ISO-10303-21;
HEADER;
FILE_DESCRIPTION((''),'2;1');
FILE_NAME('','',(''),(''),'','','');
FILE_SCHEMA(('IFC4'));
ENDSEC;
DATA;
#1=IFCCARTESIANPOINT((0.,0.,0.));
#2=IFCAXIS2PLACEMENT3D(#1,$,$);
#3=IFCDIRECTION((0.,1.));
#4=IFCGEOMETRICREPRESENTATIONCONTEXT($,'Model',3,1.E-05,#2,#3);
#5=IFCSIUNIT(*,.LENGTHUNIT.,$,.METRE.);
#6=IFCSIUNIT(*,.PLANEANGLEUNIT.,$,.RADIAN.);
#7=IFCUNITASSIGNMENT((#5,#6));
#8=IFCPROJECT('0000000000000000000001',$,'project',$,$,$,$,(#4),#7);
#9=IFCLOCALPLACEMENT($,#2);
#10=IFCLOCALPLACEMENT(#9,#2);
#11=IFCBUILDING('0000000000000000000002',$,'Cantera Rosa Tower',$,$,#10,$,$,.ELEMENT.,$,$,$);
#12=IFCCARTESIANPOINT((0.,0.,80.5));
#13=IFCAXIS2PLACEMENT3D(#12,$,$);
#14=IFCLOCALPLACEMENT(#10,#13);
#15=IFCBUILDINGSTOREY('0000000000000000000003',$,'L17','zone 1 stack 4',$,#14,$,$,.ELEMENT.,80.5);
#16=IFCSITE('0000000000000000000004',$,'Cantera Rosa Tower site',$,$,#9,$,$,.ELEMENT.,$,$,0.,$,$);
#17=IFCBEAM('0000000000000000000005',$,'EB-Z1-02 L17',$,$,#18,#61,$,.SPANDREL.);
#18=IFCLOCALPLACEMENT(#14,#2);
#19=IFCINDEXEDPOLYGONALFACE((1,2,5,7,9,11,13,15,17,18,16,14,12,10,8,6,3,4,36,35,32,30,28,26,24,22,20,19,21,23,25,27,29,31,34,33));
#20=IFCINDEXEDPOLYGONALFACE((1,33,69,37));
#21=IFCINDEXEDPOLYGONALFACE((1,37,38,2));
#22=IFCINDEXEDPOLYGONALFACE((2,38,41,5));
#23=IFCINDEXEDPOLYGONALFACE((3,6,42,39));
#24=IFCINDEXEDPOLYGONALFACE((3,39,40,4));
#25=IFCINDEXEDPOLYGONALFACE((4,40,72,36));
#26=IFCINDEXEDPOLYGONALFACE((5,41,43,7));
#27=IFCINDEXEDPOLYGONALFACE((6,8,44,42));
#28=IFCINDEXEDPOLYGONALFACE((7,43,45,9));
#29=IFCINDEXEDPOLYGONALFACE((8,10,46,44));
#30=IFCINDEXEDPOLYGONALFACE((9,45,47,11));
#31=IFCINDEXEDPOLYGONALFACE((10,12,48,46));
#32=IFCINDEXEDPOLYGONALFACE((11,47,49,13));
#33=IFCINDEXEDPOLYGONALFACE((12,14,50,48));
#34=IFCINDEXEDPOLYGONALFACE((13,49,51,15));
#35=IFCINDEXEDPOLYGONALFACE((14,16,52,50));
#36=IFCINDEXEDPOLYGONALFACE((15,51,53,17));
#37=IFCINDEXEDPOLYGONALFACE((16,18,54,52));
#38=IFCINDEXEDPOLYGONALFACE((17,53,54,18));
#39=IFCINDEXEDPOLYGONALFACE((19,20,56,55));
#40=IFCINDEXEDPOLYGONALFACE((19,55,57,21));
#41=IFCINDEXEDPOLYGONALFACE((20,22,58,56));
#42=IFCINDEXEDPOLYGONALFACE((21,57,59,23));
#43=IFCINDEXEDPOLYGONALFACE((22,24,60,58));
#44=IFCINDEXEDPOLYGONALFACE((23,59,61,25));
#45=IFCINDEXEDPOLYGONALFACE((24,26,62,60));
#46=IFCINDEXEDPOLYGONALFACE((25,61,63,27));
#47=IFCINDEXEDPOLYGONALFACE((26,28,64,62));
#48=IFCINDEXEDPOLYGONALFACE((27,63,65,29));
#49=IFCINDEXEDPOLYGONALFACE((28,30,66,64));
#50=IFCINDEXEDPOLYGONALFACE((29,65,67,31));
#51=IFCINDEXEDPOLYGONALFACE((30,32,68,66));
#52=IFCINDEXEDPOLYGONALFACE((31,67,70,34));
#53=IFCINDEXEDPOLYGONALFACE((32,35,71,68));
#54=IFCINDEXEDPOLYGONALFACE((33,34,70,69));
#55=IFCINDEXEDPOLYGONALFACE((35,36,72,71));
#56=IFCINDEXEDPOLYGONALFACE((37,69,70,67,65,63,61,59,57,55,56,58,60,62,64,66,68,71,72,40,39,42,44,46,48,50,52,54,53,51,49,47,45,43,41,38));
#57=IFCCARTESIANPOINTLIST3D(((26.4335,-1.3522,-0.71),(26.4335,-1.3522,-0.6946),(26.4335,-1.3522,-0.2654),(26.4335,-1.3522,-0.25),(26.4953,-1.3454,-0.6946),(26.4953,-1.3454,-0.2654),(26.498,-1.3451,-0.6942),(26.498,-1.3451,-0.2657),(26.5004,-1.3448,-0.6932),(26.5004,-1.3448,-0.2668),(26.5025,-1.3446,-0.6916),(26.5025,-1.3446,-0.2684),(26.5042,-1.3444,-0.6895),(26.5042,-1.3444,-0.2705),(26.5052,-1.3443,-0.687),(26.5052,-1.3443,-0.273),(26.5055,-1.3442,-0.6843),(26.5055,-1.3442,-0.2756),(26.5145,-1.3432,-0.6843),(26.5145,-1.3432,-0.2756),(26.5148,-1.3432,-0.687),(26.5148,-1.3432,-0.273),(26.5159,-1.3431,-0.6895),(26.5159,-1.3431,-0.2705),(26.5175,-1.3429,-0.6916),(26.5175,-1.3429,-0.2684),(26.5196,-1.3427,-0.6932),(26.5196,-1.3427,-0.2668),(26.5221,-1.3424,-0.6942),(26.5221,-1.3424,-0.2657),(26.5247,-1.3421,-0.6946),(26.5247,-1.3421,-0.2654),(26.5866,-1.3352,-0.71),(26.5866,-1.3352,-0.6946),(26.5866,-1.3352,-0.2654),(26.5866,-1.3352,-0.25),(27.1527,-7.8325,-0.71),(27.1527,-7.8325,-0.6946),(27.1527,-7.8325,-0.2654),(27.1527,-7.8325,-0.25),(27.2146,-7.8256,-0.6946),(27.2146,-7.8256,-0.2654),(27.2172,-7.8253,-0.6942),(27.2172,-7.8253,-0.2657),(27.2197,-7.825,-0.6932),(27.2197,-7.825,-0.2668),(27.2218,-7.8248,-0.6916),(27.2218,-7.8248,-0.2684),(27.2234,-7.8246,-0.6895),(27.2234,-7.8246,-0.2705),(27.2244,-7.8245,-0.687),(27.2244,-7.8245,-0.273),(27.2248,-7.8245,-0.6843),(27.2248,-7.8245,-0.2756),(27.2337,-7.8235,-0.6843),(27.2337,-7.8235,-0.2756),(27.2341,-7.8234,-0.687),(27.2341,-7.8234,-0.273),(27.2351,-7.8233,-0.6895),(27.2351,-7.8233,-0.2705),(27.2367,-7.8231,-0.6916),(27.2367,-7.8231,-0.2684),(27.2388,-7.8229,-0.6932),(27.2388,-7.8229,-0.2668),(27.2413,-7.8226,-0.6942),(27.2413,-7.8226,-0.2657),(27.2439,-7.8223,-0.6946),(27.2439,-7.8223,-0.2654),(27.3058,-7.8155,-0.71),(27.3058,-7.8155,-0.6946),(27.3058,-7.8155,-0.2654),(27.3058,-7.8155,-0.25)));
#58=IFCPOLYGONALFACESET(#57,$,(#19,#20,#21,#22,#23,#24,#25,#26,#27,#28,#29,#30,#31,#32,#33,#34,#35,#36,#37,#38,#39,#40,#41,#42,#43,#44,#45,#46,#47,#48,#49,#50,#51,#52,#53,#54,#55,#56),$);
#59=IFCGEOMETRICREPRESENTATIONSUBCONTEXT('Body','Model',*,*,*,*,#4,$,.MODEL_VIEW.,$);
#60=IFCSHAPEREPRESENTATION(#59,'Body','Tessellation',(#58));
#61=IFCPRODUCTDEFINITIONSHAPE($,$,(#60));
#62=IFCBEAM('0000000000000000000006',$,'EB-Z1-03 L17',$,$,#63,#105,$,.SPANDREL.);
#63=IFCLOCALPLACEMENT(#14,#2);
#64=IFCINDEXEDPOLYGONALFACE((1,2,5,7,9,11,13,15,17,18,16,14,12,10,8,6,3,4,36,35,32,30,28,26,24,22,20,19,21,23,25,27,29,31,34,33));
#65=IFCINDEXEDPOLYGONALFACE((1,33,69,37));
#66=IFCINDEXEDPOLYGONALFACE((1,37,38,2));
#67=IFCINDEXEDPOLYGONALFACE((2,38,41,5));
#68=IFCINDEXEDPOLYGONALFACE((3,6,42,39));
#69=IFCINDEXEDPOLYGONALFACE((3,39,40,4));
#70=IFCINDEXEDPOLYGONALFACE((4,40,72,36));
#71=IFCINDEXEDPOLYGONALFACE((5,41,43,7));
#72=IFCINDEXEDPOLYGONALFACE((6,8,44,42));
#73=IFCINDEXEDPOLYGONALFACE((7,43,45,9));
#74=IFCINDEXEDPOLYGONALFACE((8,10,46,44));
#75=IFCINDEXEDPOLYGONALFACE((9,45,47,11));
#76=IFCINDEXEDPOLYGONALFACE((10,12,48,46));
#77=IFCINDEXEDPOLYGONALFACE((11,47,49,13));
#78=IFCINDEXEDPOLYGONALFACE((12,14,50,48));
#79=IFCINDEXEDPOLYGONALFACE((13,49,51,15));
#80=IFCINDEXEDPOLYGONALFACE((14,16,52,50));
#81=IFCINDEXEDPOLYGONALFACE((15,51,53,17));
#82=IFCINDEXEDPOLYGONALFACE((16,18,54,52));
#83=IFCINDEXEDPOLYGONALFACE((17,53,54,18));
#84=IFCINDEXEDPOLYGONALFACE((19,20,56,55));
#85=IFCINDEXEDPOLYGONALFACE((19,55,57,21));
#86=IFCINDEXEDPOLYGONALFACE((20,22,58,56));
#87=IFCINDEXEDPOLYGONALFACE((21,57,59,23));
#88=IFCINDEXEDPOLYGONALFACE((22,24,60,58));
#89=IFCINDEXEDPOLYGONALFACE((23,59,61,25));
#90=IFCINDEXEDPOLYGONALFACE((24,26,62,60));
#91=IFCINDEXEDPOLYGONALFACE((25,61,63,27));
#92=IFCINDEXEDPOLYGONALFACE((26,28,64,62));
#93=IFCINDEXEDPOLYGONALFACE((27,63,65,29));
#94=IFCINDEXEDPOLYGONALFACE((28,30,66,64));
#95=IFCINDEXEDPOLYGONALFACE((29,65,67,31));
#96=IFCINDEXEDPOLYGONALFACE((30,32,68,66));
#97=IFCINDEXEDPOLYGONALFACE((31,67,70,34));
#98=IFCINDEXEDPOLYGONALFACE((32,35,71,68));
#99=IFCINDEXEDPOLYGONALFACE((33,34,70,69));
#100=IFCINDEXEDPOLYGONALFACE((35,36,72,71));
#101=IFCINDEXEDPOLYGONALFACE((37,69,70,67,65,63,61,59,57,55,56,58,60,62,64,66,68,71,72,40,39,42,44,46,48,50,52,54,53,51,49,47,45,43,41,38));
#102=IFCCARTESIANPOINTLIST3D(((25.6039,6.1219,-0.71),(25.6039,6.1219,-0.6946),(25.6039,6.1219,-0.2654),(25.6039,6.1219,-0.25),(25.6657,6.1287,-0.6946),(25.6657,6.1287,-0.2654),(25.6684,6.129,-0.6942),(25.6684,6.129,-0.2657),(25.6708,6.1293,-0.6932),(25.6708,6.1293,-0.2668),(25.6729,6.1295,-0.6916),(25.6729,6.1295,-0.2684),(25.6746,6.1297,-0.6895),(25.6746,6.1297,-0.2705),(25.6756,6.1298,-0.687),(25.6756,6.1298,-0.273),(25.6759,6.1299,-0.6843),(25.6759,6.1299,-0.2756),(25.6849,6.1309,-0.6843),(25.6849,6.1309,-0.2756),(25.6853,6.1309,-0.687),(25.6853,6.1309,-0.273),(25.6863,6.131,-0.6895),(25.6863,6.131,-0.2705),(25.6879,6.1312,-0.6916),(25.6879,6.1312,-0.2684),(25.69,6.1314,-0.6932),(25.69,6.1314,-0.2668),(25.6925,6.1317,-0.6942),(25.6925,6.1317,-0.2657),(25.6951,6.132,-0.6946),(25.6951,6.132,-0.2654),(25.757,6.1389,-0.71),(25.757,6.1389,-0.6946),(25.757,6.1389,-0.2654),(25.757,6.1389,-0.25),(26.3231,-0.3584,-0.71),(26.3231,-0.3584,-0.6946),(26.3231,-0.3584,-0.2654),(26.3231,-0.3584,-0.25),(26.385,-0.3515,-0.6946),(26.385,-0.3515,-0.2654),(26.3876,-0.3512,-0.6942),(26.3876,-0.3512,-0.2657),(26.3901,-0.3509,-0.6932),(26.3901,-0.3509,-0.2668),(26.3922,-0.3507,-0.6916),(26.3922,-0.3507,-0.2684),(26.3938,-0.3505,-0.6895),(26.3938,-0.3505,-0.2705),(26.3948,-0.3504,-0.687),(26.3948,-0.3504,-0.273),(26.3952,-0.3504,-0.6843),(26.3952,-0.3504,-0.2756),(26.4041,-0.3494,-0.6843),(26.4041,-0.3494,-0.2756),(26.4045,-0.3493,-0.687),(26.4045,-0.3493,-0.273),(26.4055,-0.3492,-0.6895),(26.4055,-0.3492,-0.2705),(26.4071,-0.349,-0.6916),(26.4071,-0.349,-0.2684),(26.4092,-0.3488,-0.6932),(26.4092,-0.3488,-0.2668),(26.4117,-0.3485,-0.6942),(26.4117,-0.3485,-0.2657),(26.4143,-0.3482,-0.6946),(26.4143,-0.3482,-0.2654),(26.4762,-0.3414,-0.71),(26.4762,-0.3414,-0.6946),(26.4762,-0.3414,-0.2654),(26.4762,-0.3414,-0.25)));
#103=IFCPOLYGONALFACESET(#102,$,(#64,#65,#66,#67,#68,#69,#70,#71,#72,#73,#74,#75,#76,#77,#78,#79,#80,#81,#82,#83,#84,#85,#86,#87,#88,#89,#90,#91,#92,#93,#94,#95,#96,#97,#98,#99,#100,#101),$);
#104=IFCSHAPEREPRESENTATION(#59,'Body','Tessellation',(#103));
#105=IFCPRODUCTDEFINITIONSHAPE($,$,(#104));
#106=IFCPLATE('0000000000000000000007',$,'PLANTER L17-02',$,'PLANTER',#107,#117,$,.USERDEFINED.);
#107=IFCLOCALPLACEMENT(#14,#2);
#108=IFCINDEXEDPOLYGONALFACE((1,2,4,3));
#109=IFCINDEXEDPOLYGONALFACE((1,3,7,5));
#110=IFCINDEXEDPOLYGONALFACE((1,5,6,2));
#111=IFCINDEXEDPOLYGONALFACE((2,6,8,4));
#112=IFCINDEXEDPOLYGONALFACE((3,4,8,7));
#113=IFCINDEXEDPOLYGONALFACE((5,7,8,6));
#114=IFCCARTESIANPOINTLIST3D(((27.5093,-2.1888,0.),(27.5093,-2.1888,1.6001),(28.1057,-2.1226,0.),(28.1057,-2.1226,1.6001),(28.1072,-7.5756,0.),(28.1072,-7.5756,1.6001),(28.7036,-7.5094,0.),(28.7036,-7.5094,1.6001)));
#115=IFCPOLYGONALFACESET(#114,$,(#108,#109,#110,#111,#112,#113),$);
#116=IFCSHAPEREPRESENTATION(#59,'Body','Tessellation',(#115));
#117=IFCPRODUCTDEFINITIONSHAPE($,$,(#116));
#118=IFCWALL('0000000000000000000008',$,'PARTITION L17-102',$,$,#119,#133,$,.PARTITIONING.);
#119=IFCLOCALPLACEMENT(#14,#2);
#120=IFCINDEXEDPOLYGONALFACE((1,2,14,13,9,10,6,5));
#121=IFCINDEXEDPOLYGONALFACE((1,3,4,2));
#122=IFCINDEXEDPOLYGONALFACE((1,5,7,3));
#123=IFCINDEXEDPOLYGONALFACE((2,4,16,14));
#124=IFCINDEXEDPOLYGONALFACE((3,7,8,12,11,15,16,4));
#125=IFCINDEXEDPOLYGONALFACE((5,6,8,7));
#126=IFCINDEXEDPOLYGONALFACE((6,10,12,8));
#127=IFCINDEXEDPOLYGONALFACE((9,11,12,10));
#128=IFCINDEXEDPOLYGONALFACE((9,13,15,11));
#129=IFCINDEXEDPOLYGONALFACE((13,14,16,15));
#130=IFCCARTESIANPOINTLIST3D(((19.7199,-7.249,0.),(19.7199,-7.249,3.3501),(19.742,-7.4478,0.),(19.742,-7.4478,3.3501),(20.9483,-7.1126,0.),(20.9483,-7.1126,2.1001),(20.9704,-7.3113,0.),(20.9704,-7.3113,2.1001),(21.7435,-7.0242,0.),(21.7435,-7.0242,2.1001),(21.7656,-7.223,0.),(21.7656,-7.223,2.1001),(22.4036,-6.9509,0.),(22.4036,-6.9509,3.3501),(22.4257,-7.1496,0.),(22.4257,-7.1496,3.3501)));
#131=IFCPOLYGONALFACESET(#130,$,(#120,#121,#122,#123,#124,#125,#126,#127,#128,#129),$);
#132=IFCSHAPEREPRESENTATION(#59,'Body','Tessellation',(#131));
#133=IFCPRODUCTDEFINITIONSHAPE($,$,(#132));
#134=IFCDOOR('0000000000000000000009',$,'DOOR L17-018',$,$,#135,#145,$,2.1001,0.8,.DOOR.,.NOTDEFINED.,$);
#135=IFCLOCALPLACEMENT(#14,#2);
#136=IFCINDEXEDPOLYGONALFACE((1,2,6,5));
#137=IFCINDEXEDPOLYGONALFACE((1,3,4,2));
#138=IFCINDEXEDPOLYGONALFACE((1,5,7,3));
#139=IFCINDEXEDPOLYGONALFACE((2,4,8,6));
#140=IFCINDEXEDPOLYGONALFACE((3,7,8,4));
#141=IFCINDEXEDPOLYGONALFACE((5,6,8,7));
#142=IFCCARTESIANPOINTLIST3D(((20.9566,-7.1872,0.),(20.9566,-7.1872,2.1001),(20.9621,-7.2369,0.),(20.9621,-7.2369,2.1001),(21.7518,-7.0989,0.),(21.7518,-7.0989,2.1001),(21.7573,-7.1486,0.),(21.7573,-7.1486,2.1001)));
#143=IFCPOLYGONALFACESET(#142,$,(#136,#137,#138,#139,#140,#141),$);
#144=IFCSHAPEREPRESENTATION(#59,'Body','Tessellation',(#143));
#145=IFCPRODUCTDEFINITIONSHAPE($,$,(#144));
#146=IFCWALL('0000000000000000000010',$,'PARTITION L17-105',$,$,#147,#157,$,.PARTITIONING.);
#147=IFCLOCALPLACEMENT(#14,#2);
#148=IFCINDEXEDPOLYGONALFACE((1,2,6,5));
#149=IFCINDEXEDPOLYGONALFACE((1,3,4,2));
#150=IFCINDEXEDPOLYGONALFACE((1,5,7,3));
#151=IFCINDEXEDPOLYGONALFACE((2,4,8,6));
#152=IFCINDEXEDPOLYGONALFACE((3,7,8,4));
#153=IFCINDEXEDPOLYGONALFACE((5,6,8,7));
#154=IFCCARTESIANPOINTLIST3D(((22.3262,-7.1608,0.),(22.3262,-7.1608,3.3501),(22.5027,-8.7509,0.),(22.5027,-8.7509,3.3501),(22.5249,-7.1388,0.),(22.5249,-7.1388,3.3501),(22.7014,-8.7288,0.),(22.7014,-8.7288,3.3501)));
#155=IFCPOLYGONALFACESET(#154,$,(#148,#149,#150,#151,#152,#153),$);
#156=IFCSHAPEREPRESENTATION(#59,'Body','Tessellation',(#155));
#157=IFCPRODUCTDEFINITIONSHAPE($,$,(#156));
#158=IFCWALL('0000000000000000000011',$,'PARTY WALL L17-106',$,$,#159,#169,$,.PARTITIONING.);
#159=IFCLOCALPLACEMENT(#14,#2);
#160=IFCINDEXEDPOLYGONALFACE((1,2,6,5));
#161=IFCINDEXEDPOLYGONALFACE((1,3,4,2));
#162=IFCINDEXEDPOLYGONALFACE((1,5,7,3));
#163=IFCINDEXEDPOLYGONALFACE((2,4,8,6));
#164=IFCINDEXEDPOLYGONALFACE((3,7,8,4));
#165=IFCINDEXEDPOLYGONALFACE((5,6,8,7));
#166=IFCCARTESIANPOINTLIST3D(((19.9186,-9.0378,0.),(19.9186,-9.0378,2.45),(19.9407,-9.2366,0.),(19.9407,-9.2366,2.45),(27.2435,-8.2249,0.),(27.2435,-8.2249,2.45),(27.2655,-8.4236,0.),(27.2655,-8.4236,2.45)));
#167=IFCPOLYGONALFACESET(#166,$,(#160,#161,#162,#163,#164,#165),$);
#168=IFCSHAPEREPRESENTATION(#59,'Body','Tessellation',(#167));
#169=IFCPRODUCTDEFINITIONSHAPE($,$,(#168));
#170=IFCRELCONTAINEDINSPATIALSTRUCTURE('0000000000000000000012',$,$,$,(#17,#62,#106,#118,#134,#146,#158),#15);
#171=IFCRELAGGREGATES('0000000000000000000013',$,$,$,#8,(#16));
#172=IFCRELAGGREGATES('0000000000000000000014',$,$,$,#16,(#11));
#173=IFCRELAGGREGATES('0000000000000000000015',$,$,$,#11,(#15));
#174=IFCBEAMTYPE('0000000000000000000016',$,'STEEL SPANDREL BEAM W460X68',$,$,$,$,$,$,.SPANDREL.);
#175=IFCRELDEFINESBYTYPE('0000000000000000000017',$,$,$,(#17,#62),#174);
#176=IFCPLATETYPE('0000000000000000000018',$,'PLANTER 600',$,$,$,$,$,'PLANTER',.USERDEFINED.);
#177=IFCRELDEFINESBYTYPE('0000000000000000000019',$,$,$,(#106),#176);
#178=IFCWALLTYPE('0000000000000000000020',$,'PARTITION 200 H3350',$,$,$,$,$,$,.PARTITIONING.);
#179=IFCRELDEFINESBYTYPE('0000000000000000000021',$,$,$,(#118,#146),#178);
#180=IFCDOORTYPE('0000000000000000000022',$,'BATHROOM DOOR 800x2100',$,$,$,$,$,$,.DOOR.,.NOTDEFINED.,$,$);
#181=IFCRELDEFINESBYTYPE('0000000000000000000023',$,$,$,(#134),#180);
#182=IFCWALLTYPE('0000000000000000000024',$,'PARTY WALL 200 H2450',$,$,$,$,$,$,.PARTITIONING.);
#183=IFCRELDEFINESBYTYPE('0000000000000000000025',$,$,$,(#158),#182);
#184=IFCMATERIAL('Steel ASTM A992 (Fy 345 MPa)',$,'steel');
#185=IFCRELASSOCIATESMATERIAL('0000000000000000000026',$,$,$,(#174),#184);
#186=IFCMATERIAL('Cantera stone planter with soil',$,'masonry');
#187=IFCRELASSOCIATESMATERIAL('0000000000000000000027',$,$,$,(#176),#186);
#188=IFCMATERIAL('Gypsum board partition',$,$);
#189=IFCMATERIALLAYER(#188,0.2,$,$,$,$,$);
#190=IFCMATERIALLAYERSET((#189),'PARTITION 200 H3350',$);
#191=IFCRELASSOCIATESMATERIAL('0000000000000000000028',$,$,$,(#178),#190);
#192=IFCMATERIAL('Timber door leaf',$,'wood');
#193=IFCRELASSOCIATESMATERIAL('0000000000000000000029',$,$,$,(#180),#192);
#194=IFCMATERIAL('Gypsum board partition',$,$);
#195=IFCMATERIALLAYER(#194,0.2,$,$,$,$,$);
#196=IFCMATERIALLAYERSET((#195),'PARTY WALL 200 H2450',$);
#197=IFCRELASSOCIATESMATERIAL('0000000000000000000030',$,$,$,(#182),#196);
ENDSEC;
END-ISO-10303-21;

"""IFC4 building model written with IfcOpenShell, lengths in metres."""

from ifc_helpers import new_model, si_unit, direction, frame, frame_2d, origin, origin_2d, place, context, subcontext, project, spatial, rectangle, i_section, extrude, material, layer, layer_set, material_profile, profile_set, type_object, element, fill, save


model = new_model("IFC4")

# Units and contexts
model_context = context("Model", 3, precision=1e-05, world=origin(), true_north=direction((0.0, 1.0)))
body_context = subcontext(model_context, "Body", "Model", "MODEL_VIEW")
ifc_project = project(units=[si_unit("LENGTHUNIT", "METRE"), si_unit("PLANEANGLEUNIT", "RADIAN")], contexts=[model_context])

# Site, building, storey
site_placement = place(None, origin())
site = spatial("IfcSite", under=ifc_project, at=site_placement, Name="Cantera Rosa Tower site", CompositionType="ELEMENT", RefElevation=0.0)
building_placement = place(site_placement, origin())
building = spatial("IfcBuilding", under=site, at=building_placement, Name="Cantera Rosa Tower", CompositionType="ELEMENT")
storey_placement = place(building_placement, frame((0.0, 0.0, 80.5)))
storey = spatial("IfcBuildingStorey", under=building, at=storey_placement, Name="L17", Description="zone 1 stack 4", CompositionType="ELEMENT", Elevation=80.5)

# Beams
ifc_material_1 = material(Name="Steel ASTM A992 (Fy 345 MPa)", Category="steel")
ifc_material_profile_1 = material_profile(ifc_material_1, i_section(OverallWidth=0.1541, OverallDepth=0.46, WebThickness=0.009, FlangeThickness=0.0154, FilletRadius=0.0103, at=origin_2d()), Name="W460X68")
ifc_profile_set_1 = profile_set([ifc_material_profile_1], Name="Steel ASTM A992 (Fy 345 MPa)")
beam_type_1 = type_object("IfcBeamType", Name="STEEL SPANDREL BEAM W460X68", PredefinedType="SPANDREL", material=ifc_profile_set_1)
for number, where, z_axis, x_axis, name in (
    (1, (27.2292, -7.824, -0.48), (-0.110312, 0.993897, 0.0), (-0.993897, -0.110312, 0.0), "EB-Z1-02 L17"),
    (2, (26.3997, -0.3499, -0.48), (-0.110312, 0.993897, 0.0), (-0.993897, -0.110312, 0.0), "EB-Z1-03 L17"),
):
    element("IfcBeam", number, at=place(storey_placement, frame(where, z_axis=z_axis, x_axis=x_axis)), inside=storey, type_object=beam_type_1, Name=name, PredefinedType="SPANDREL", context=body_context, shape_type="SweptSolid", body=[
        extrude(i_section(OverallWidth=0.1541, OverallDepth=0.46, WebThickness=0.009, FlangeThickness=0.0154, FilletRadius=0.0103, at=origin_2d()), origin(), (0.0, 0.0, 1.0), 6.52),
    ])

# Plate
ifc_material_2 = material(Name="Cantera stone planter with soil", Category="masonry")
plate_type = type_object("IfcPlateType", Name="PLANTER 600", ElementType="PLANTER", PredefinedType="USERDEFINED", material=ifc_material_2)
plate_placement = place(storey_placement, frame((28.1064, -4.8491, 0.0), z_axis=(0.0, 0.0, 1.0), x_axis=(-0.110313, 0.993897, 0.0)))
element("IfcPlate", 3, at=plate_placement, inside=storey, type_object=plate_type, Name="PLANTER L17-02", ObjectType="PLANTER", PredefinedType="USERDEFINED", context=body_context, shape_type="SweptSolid", body=[
    extrude(rectangle(XDim=5.4199, YDim=0.6001, at=origin_2d()), origin(), (0.0, 0.0, 1.0), 1.6001),
])

# Wall, opening, door
ifc_material_3 = material(Name="Gypsum board partition")
ifc_layer_1 = layer(ifc_material_3, 0.2)
ifc_layer_set_1 = layer_set([ifc_layer_1], Name="PARTITION 200 H3350")
wall_type_1 = type_object("IfcWallType", Name="PARTITION 200 H3350", PredefinedType="PARTITIONING", material=ifc_layer_set_1)
wall_1_placement = place(storey_placement, frame((19.731, -7.3484, 0.0), z_axis=(0.0, 0.0, 1.0), x_axis=(0.993887, 0.110402, 0.0)))
wall_1 = element("IfcWall", 4, at=wall_1_placement, inside=storey, type_object=wall_type_1, Name="PARTITION L17-102", PredefinedType="PARTITIONING", context=body_context, shape_type="SweptSolid", body=[
    extrude(rectangle(XDim=2.7002, YDim=0.2, at=frame_2d((1.3501, 0.0))), origin(), (0.0, 0.0, 1.0), 3.3501),
])
opening_1_placement = place(wall_1_placement, frame((1.2361, 0.0, 0.0)))
opening_1 = element("IfcOpeningElement", 5, at=opening_1_placement, cuts=wall_1, PredefinedType="OPENING", context=body_context, shape_type="SweptSolid", body=[
    extrude(rectangle(XDim=0.8, YDim=2.1001, at=frame_2d((0.3999, 1.05))), frame((0.0, 0.1099, 0.0), z_axis=(0.0, -1.0, 0.0), x_axis=(1.0, 0.0, 0.0)), (0.0, 0.0, 1.0), 0.22),
])
ifc_material_4 = material(Name="Timber door leaf", Category="wood")
door_type_1 = type_object("IfcDoorType", Name="BATHROOM DOOR 800x2100", OperationType="NOTDEFINED", PredefinedType="DOOR", material=ifc_material_4)
door_1_placement = place(opening_1_placement, origin())
door_1 = element("IfcDoor", 6, at=door_1_placement, inside=storey, type_object=door_type_1, Name="DOOR L17-018", OperationType="NOTDEFINED", OverallHeight=2.1001, OverallWidth=0.8, PredefinedType="DOOR", context=body_context, shape_type="SweptSolid", body=[
    extrude(rectangle(XDim=0.8, YDim=2.1001, at=frame_2d((0.3999, 1.05))), frame((0.0, 0.0249, 0.0), z_axis=(0.0, -1.0, 0.0), x_axis=(1.0, 0.0, 0.0)), (0.0, 0.0, 1.0), 0.05),
])
fill(opening_1, door_1)

# Walls
wall_2_placement = place(storey_placement, frame((22.4255, -7.1499, 0.0), z_axis=(0.0, 0.0, 1.0), x_axis=(0.110331, -0.993895, 0.0)))
element("IfcWall", 7, at=wall_2_placement, inside=storey, type_object=wall_type_1, Name="PARTITION L17-105", PredefinedType="PARTITIONING", context=body_context, shape_type="SweptSolid", body=[
    extrude(rectangle(XDim=1.5999, YDim=0.2, at=frame_2d((0.7998, 0.0))), origin(), (0.0, 0.0, 1.0), 3.3501),
])
ifc_material_5 = material(Name="Gypsum board partition")
ifc_layer_2 = layer(ifc_material_5, 0.2)
ifc_layer_set_2 = layer_set([ifc_layer_2], Name="PARTY WALL 200 H2450")
wall_type_2 = type_object("IfcWallType", Name="PARTY WALL 200 H2450", PredefinedType="PARTITIONING", material=ifc_layer_set_2)
wall_3_placement = place(storey_placement, frame((27.2546, -8.3242, 0.0), z_axis=(0.0, 0.0, 1.0), x_axis=(-0.993897, -0.110312, 0.0)))
element("IfcWall", 8, at=wall_3_placement, inside=storey, type_object=wall_type_2, Name="PARTY WALL L17-106", PredefinedType="PARTITIONING", context=body_context, shape_type="SweptSolid", body=[
    extrude(rectangle(XDim=7.3699, YDim=0.2, at=frame_2d((3.6851, 0.0))), origin(), (0.0, 0.0, 1.0), 2.45),
])

save(model, "model.ifc")
